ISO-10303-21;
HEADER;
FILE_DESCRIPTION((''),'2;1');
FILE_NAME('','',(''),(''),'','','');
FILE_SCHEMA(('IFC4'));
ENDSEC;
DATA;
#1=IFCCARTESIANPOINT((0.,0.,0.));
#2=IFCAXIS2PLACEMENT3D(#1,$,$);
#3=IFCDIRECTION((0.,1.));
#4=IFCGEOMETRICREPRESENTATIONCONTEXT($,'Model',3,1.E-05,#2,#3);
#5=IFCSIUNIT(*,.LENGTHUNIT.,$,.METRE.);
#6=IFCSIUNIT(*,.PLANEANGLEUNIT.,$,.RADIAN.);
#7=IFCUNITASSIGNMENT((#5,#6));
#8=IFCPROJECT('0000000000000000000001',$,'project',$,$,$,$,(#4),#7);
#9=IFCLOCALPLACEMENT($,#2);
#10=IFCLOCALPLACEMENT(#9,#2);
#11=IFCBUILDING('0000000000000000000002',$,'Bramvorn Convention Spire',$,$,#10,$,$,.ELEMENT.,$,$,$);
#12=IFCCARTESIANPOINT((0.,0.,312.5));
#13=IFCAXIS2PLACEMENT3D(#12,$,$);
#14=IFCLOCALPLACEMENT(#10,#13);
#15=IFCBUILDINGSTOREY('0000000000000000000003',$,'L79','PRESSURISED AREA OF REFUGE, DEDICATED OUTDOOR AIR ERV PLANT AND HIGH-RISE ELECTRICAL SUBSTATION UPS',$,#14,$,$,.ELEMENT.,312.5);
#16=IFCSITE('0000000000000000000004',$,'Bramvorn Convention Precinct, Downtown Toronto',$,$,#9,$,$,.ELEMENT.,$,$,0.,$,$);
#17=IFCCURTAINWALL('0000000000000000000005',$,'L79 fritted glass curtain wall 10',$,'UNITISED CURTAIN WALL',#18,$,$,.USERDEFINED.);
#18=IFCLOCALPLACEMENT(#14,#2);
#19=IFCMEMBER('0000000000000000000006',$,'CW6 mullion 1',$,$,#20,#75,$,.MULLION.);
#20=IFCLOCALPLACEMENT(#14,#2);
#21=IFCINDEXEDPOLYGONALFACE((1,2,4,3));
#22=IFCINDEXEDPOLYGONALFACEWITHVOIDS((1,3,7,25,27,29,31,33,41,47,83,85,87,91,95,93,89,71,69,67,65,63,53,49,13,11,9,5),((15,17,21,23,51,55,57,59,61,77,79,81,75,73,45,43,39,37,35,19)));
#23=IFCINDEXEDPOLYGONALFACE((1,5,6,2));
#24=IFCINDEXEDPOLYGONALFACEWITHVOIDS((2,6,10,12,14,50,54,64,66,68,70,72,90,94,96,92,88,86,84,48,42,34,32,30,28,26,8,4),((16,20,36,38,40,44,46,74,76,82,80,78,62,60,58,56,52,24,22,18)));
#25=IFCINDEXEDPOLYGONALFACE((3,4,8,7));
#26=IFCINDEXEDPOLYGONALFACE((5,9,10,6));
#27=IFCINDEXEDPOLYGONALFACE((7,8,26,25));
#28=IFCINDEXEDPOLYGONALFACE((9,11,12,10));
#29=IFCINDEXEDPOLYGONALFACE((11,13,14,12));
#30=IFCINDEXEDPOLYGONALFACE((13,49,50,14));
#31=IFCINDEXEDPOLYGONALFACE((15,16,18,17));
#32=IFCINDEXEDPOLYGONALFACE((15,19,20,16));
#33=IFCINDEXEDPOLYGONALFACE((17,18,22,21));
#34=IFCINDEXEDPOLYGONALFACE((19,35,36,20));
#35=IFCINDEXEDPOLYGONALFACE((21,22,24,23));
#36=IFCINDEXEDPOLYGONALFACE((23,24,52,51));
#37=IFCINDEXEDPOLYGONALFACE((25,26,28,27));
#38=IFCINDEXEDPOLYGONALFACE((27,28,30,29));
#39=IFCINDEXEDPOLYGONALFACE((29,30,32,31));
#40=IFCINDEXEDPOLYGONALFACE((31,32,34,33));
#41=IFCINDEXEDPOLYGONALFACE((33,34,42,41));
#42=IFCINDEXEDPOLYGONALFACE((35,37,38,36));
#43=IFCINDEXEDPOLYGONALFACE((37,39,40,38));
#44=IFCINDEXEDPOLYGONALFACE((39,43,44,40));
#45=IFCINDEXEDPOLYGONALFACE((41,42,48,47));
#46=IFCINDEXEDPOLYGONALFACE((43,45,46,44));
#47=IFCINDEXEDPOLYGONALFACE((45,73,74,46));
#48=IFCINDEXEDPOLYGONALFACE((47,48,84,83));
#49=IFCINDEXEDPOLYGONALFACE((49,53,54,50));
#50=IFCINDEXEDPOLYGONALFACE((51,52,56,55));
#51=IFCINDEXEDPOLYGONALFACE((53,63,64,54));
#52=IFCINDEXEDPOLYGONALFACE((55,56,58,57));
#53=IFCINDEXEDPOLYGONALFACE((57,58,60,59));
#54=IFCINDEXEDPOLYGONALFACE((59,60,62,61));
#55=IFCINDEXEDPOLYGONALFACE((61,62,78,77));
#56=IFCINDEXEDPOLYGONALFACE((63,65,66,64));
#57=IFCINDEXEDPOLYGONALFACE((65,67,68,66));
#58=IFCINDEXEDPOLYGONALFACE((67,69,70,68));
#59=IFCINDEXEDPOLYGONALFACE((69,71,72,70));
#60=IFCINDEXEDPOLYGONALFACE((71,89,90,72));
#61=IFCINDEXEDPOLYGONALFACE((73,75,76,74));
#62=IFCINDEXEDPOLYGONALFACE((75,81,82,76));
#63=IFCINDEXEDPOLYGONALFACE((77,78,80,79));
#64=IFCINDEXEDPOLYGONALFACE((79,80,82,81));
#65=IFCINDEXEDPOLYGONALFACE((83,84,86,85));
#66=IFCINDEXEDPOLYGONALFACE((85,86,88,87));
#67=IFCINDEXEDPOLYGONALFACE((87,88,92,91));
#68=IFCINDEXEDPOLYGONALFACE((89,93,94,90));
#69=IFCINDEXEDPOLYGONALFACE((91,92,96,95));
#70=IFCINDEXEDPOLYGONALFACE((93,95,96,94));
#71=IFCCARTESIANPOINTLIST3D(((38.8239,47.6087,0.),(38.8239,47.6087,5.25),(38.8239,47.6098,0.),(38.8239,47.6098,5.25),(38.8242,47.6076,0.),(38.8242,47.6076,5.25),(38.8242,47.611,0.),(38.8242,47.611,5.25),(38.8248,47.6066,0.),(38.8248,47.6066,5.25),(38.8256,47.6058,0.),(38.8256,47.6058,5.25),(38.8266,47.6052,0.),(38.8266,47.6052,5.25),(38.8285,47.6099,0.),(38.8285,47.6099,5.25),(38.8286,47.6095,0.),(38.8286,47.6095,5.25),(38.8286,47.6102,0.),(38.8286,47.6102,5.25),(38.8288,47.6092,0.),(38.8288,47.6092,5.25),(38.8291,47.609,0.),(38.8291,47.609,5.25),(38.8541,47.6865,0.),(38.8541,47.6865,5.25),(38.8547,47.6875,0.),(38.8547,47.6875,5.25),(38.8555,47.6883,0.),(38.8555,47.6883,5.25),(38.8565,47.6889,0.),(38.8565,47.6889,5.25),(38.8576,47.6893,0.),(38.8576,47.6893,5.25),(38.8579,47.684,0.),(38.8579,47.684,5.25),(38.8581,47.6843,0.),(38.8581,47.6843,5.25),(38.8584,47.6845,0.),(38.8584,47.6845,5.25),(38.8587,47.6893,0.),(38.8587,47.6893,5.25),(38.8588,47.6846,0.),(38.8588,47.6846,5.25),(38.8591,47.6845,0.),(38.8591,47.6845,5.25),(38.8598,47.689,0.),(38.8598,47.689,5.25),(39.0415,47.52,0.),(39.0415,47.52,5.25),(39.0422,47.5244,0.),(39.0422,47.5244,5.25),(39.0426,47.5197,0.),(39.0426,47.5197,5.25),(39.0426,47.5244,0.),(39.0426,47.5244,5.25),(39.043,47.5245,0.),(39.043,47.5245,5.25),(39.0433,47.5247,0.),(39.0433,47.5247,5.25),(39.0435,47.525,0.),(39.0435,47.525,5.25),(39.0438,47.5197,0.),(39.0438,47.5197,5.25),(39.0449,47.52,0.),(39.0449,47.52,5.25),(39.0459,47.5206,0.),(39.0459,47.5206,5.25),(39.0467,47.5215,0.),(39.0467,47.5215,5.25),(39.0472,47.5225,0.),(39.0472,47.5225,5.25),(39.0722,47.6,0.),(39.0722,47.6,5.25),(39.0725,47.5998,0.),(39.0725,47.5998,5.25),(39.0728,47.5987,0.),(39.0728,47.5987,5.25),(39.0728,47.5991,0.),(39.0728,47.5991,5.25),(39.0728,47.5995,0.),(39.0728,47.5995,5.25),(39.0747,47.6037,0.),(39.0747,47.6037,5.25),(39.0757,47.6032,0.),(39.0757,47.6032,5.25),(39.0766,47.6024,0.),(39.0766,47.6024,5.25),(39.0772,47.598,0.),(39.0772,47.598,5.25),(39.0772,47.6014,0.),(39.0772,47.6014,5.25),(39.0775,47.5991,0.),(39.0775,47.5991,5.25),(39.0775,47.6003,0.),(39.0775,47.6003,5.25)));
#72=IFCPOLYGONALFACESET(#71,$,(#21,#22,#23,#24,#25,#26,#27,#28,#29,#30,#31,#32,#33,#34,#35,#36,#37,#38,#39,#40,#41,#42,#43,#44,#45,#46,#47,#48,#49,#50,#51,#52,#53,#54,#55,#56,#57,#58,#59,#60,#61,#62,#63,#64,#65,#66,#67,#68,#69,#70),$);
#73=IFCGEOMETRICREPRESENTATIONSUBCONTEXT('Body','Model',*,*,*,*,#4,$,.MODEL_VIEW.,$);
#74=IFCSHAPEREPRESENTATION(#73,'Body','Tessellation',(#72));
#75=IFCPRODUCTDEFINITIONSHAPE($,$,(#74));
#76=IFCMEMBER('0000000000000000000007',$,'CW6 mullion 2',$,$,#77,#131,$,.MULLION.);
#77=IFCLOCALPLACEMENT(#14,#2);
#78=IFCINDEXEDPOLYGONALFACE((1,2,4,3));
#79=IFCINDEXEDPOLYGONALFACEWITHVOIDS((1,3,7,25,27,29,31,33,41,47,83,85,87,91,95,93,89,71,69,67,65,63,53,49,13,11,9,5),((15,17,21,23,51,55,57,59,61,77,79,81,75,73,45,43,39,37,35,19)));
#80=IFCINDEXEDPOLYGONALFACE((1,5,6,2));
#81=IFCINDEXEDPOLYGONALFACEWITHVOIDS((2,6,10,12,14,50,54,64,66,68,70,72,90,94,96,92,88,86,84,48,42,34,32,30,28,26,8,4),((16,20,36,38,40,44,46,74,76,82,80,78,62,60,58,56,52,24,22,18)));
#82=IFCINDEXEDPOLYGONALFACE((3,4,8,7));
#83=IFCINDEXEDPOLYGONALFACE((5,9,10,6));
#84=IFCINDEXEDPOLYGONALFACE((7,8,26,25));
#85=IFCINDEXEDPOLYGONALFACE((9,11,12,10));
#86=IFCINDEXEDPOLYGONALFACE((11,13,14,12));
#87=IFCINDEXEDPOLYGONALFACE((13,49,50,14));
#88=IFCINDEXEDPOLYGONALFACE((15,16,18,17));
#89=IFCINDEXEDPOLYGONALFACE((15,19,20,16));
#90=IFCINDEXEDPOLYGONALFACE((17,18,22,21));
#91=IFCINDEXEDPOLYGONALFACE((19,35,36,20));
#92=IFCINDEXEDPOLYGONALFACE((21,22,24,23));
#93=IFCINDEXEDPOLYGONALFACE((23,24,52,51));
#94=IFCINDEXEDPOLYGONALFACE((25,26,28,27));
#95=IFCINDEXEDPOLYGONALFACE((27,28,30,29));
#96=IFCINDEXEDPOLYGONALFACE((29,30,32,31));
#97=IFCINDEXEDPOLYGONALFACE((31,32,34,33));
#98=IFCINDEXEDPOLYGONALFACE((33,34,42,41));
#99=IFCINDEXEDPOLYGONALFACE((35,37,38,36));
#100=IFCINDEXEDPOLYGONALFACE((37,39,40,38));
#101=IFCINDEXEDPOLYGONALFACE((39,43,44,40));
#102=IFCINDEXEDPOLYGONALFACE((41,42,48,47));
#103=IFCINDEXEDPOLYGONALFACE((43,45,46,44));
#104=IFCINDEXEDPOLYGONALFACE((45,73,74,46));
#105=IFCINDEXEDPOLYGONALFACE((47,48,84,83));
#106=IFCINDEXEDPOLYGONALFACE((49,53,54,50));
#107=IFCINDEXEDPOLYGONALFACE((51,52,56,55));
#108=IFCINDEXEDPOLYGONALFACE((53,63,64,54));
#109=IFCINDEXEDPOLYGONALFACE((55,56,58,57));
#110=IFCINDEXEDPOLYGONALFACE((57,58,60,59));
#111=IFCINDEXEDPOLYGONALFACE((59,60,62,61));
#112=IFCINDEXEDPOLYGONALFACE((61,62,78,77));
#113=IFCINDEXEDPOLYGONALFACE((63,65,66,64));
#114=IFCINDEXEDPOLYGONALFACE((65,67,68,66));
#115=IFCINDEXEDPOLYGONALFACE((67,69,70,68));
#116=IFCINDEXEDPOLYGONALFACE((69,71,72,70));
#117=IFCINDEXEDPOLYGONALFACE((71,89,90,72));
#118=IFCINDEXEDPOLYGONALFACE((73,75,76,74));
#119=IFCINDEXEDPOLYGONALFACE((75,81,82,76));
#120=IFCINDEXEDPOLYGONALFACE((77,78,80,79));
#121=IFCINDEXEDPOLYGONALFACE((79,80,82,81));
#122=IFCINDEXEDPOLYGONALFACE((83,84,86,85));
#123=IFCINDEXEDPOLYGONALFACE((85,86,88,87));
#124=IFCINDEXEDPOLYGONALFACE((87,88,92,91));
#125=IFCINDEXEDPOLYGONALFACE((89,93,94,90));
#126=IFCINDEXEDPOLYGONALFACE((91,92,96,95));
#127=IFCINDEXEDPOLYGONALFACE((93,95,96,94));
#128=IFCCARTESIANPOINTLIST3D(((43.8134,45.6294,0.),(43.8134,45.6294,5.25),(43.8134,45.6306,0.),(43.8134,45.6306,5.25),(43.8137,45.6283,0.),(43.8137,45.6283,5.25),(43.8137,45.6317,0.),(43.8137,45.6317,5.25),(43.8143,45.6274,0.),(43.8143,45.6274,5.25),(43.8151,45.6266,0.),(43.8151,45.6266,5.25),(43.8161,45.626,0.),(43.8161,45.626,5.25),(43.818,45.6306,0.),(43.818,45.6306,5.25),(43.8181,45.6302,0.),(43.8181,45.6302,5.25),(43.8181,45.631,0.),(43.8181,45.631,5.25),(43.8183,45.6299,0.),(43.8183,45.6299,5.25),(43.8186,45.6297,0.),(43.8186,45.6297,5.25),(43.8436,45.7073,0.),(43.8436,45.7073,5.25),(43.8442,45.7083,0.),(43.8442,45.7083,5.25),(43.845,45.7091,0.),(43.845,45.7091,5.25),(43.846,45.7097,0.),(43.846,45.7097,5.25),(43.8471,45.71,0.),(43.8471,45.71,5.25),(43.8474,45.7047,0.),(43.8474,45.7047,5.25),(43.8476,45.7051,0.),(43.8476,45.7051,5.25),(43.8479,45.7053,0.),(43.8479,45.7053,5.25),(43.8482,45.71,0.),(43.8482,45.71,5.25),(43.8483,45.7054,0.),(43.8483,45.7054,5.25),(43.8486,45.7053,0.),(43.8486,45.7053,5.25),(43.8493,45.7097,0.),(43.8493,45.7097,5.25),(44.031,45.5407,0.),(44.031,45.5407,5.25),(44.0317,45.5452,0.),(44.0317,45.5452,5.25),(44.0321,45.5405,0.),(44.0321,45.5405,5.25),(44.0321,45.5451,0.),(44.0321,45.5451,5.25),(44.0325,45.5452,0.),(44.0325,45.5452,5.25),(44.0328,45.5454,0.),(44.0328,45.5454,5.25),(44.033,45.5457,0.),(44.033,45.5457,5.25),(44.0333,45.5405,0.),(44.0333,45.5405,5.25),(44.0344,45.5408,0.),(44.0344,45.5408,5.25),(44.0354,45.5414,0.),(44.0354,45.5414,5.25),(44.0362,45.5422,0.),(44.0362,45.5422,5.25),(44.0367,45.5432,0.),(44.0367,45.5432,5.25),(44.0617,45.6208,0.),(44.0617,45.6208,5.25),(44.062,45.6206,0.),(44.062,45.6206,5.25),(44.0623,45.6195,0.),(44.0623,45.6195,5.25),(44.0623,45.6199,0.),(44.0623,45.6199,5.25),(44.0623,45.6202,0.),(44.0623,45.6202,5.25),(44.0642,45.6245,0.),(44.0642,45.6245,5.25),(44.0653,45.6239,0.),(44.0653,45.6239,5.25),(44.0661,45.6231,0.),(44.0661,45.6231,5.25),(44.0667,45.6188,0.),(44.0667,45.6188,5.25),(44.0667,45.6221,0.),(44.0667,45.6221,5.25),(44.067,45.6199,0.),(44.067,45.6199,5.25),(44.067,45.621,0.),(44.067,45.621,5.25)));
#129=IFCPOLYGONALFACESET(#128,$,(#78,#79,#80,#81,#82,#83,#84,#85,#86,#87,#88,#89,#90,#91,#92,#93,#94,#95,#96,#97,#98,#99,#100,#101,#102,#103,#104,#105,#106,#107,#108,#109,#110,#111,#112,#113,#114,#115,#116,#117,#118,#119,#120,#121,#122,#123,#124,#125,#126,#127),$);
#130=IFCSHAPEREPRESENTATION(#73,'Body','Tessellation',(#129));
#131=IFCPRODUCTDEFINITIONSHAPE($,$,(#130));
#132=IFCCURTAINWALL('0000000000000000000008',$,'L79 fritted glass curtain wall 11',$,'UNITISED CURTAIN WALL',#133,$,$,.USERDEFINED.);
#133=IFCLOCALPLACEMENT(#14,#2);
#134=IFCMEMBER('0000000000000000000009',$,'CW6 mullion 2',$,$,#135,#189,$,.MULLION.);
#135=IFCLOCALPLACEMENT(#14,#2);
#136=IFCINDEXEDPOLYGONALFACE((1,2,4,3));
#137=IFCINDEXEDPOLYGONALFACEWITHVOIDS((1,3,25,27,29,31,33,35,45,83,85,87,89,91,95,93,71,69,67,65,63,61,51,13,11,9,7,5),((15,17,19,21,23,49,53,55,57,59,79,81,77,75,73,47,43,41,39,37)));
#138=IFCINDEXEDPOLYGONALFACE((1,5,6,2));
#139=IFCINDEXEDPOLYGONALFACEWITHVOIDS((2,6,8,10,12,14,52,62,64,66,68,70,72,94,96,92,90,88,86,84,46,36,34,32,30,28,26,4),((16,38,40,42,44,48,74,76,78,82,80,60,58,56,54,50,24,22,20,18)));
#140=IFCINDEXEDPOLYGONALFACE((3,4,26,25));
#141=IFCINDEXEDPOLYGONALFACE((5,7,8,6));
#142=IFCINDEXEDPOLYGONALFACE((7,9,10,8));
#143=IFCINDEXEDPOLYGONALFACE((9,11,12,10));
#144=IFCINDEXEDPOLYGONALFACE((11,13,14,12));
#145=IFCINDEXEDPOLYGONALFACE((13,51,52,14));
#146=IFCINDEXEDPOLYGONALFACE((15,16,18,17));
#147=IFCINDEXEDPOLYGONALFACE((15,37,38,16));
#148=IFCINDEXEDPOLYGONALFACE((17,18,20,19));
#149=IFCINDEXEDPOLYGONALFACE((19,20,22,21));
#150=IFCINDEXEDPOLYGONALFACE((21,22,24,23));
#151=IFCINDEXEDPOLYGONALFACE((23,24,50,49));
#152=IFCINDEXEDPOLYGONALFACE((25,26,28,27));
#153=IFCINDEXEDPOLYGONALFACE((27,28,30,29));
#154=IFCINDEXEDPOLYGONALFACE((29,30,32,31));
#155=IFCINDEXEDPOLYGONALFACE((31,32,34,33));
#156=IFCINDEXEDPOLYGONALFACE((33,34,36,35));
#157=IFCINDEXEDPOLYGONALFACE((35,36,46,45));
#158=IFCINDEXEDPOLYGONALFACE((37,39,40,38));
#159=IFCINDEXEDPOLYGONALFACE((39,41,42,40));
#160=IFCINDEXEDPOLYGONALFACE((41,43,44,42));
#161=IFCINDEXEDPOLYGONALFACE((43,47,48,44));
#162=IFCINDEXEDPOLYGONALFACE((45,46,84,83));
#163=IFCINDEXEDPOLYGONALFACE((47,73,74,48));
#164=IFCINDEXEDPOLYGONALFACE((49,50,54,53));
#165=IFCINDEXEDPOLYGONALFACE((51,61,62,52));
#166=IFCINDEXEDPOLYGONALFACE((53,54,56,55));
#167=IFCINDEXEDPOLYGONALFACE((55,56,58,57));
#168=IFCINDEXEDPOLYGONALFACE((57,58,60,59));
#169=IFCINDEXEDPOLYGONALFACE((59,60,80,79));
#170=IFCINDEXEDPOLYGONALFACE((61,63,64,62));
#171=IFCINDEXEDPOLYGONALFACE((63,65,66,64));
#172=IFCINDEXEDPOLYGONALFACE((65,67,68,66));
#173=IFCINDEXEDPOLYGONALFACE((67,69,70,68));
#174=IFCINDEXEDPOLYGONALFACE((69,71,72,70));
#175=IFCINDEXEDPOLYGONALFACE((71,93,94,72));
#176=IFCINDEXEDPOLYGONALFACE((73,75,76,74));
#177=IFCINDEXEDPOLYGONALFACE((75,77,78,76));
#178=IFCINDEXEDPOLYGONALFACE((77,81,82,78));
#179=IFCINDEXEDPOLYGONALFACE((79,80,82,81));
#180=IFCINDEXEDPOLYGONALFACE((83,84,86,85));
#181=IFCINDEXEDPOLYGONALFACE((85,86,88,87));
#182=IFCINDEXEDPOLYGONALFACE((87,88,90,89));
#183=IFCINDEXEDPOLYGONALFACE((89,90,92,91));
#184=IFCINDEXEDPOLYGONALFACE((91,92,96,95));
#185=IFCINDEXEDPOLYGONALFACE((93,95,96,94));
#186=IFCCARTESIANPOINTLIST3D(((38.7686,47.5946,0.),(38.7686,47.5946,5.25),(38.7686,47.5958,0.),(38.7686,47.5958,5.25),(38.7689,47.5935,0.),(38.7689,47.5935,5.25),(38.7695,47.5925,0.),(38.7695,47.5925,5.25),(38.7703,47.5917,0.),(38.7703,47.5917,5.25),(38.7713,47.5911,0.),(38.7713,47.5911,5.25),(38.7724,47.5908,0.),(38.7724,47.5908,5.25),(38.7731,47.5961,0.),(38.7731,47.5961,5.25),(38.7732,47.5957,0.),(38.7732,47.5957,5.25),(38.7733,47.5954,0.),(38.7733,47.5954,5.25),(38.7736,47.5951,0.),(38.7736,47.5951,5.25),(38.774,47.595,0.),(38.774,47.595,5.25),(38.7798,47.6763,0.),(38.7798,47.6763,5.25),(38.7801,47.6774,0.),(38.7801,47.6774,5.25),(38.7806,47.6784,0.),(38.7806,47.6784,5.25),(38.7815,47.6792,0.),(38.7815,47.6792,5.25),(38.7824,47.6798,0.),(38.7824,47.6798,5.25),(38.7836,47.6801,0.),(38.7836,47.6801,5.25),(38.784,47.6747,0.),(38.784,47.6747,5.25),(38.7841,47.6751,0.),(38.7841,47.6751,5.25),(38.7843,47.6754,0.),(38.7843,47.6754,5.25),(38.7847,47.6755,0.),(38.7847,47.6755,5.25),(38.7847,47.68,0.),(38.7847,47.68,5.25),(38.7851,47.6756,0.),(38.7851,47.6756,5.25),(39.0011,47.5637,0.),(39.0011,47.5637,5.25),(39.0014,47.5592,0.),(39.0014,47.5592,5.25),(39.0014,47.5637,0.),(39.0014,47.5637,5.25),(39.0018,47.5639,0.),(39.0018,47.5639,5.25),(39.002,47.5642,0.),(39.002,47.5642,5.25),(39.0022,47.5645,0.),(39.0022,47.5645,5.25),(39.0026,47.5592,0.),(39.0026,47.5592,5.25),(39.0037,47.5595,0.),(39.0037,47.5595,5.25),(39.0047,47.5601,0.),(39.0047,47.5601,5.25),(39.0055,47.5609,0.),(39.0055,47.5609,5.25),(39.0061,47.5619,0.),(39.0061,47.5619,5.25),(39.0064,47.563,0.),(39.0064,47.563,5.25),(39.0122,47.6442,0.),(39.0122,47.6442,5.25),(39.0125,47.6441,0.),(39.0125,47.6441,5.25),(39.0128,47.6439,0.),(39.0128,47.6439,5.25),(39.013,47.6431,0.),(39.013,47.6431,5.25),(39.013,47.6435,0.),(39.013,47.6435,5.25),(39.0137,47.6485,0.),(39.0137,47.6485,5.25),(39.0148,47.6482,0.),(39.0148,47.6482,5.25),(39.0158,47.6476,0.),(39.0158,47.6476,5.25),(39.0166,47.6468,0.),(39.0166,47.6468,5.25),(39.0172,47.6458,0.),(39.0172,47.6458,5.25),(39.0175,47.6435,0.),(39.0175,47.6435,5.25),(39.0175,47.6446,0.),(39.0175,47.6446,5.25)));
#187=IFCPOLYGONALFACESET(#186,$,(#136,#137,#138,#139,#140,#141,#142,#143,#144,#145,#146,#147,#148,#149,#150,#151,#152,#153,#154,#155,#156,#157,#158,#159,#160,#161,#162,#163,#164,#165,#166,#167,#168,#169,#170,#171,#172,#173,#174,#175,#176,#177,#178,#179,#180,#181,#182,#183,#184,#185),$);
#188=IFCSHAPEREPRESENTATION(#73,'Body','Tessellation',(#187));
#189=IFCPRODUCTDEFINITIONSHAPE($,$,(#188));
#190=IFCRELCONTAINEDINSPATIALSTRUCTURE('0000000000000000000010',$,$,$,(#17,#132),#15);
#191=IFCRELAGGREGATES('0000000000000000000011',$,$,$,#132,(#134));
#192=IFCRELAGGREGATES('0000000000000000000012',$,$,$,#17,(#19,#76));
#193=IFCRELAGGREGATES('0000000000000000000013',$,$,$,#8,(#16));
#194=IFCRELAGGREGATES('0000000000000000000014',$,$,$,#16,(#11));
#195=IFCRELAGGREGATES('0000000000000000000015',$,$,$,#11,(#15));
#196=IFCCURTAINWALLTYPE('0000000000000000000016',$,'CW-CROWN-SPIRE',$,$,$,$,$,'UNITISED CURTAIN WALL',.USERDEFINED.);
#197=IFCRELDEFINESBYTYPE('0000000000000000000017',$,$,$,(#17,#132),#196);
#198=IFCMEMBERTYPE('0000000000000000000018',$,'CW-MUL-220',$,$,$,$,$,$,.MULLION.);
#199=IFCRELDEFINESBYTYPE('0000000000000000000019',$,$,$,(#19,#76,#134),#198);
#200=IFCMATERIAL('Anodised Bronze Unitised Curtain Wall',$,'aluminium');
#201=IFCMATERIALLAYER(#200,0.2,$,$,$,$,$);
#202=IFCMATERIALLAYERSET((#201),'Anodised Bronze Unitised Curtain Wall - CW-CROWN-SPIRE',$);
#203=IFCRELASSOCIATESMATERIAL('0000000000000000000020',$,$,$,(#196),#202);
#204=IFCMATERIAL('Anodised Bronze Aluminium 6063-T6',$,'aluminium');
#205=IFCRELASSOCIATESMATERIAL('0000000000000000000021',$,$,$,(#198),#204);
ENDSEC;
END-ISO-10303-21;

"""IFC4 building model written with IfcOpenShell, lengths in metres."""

from ifc_helpers import new_model, si_unit, direction, frame, origin, origin_2d, place, context, subcontext, project, spatial, hollow_rectangle, extrude, material, layer, layer_set, material_profile, profile_set, type_object, element, aggregate, save


model = new_model("IFC4")

# Units and contexts
model_context = context("Model", 3, precision=1e-05, world=origin(), true_north=direction((0.0, 1.0)))
body_context = subcontext(model_context, "Body", "Model", "MODEL_VIEW")
ifc_project = project(units=[si_unit("LENGTHUNIT", "METRE"), si_unit("PLANEANGLEUNIT", "RADIAN")], contexts=[model_context])

# Site, building, storey
site_placement = place(None, origin())
site = spatial("IfcSite", under=ifc_project, at=site_placement, Name="Bramvorn Convention Precinct, Downtown Toronto", CompositionType="ELEMENT", RefElevation=0.0)
building_placement = place(site_placement, origin())
building = spatial("IfcBuilding", under=site, at=building_placement, Name="Bramvorn Convention Spire", CompositionType="ELEMENT")
storey_placement = place(building_placement, frame((0.0, 0.0, 312.5)))
storey = spatial("IfcBuildingStorey", under=building, at=storey_placement, Name="L79", Description="PRESSURISED AREA OF REFUGE, DEDICATED OUTDOOR AIR ERV PLANT AND HIGH-RISE ELECTRICAL SUBSTATION UPS", CompositionType="ELEMENT", Elevation=312.5)

# Shared definitions
ifc_material_1 = material(Name="Anodised Bronze Unitised Curtain Wall", Category="aluminium")
ifc_layer_1 = layer(ifc_material_1, 0.2)
ifc_layer_set_1 = layer_set([ifc_layer_1], Name="Anodised Bronze Unitised Curtain Wall - CW-CROWN-SPIRE")
curtain_wall_type = type_object("IfcCurtainWallType", Name="CW-CROWN-SPIRE", ElementType="UNITISED CURTAIN WALL", PredefinedType="USERDEFINED", material=ifc_layer_set_1)
ifc_material_2 = material(Name="Anodised Bronze Aluminium 6063-T6", Category="aluminium")
ifc_material_profile_1 = material_profile(ifc_material_2, hollow_rectangle(XDim=0.0901, YDim=0.24, WallThickness=0.0044, InnerFilletRadius=0.001, OuterFilletRadius=0.0044, at=origin_2d()))
ifc_profile_set_1 = profile_set([ifc_material_profile_1], Name="Anodised Bronze Aluminium 6063-T6 - CWM90X240")
member_type_1 = type_object("IfcMemberType", Name="CW-MUL-220", PredefinedType="MULLION", material=ifc_profile_set_1)

# Curtain wall, members
curtain_wall_1_placement = place(storey_placement, origin())
curtain_wall_1 = element("IfcCurtainWall", 1, at=curtain_wall_1_placement, inside=storey, type_object=curtain_wall_type, Name="L79 fritted glass curtain wall 10", ObjectType="UNITISED CURTAIN WALL", PredefinedType="USERDEFINED")
member_1_placement = place(storey_placement, frame((38.9507, 47.6045, 0.0), z_axis=(0.0, 0.0, 1.0), x_axis=(0.36874, 0.929533, 0.0)))
member_1 = element("IfcMember", 2, at=member_1_placement, type_object=member_type_1, Name="CW6 mullion 1", PredefinedType="MULLION", context=body_context, shape_type="SweptSolid", body=[
    extrude(hollow_rectangle(XDim=0.0901, YDim=0.24, WallThickness=0.0044, InnerFilletRadius=0.001, OuterFilletRadius=0.0044, at=origin_2d()), origin(), (0.0, 0.0, 1.0), 5.25),
])
member_2_placement = place(storey_placement, frame((43.9402, 45.6252, 0.0), z_axis=(0.0, 0.0, 1.0), x_axis=(0.36874, 0.929533, 0.0)))
member_2 = element("IfcMember", 3, at=member_2_placement, type_object=member_type_1, Name="CW6 mullion 2", PredefinedType="MULLION", context=body_context, shape_type="SweptSolid", body=[
    extrude(hollow_rectangle(XDim=0.0901, YDim=0.24, WallThickness=0.0044, InnerFilletRadius=0.001, OuterFilletRadius=0.0044, at=origin_2d()), origin(), (0.0, 0.0, 1.0), 5.25),
])

# Curtain wall, member
curtain_wall_2_placement = place(storey_placement, origin())
curtain_wall_2 = element("IfcCurtainWall", 4, at=curtain_wall_2_placement, inside=storey, type_object=curtain_wall_type, Name="L79 fritted glass curtain wall 11", ObjectType="UNITISED CURTAIN WALL", PredefinedType="USERDEFINED")
member_3_placement = place(storey_placement, frame((38.8931, 47.6196, 0.0), z_axis=(0.0, 0.0, 1.0), x_axis=(0.136635, 0.990621, 0.0)))
member_3 = element("IfcMember", 5, at=member_3_placement, type_object=member_type_1, Name="CW6 mullion 2", PredefinedType="MULLION", context=body_context, shape_type="SweptSolid", body=[
    extrude(hollow_rectangle(XDim=0.0901, YDim=0.24, WallThickness=0.0044, InnerFilletRadius=0.001, OuterFilletRadius=0.0044, at=origin_2d()), origin(), (0.0, 0.0, 1.0), 5.25),
])
aggregate(curtain_wall_2, [member_3])

aggregate(curtain_wall_1, [member_1, member_2])

save(model, "model.ifc")
